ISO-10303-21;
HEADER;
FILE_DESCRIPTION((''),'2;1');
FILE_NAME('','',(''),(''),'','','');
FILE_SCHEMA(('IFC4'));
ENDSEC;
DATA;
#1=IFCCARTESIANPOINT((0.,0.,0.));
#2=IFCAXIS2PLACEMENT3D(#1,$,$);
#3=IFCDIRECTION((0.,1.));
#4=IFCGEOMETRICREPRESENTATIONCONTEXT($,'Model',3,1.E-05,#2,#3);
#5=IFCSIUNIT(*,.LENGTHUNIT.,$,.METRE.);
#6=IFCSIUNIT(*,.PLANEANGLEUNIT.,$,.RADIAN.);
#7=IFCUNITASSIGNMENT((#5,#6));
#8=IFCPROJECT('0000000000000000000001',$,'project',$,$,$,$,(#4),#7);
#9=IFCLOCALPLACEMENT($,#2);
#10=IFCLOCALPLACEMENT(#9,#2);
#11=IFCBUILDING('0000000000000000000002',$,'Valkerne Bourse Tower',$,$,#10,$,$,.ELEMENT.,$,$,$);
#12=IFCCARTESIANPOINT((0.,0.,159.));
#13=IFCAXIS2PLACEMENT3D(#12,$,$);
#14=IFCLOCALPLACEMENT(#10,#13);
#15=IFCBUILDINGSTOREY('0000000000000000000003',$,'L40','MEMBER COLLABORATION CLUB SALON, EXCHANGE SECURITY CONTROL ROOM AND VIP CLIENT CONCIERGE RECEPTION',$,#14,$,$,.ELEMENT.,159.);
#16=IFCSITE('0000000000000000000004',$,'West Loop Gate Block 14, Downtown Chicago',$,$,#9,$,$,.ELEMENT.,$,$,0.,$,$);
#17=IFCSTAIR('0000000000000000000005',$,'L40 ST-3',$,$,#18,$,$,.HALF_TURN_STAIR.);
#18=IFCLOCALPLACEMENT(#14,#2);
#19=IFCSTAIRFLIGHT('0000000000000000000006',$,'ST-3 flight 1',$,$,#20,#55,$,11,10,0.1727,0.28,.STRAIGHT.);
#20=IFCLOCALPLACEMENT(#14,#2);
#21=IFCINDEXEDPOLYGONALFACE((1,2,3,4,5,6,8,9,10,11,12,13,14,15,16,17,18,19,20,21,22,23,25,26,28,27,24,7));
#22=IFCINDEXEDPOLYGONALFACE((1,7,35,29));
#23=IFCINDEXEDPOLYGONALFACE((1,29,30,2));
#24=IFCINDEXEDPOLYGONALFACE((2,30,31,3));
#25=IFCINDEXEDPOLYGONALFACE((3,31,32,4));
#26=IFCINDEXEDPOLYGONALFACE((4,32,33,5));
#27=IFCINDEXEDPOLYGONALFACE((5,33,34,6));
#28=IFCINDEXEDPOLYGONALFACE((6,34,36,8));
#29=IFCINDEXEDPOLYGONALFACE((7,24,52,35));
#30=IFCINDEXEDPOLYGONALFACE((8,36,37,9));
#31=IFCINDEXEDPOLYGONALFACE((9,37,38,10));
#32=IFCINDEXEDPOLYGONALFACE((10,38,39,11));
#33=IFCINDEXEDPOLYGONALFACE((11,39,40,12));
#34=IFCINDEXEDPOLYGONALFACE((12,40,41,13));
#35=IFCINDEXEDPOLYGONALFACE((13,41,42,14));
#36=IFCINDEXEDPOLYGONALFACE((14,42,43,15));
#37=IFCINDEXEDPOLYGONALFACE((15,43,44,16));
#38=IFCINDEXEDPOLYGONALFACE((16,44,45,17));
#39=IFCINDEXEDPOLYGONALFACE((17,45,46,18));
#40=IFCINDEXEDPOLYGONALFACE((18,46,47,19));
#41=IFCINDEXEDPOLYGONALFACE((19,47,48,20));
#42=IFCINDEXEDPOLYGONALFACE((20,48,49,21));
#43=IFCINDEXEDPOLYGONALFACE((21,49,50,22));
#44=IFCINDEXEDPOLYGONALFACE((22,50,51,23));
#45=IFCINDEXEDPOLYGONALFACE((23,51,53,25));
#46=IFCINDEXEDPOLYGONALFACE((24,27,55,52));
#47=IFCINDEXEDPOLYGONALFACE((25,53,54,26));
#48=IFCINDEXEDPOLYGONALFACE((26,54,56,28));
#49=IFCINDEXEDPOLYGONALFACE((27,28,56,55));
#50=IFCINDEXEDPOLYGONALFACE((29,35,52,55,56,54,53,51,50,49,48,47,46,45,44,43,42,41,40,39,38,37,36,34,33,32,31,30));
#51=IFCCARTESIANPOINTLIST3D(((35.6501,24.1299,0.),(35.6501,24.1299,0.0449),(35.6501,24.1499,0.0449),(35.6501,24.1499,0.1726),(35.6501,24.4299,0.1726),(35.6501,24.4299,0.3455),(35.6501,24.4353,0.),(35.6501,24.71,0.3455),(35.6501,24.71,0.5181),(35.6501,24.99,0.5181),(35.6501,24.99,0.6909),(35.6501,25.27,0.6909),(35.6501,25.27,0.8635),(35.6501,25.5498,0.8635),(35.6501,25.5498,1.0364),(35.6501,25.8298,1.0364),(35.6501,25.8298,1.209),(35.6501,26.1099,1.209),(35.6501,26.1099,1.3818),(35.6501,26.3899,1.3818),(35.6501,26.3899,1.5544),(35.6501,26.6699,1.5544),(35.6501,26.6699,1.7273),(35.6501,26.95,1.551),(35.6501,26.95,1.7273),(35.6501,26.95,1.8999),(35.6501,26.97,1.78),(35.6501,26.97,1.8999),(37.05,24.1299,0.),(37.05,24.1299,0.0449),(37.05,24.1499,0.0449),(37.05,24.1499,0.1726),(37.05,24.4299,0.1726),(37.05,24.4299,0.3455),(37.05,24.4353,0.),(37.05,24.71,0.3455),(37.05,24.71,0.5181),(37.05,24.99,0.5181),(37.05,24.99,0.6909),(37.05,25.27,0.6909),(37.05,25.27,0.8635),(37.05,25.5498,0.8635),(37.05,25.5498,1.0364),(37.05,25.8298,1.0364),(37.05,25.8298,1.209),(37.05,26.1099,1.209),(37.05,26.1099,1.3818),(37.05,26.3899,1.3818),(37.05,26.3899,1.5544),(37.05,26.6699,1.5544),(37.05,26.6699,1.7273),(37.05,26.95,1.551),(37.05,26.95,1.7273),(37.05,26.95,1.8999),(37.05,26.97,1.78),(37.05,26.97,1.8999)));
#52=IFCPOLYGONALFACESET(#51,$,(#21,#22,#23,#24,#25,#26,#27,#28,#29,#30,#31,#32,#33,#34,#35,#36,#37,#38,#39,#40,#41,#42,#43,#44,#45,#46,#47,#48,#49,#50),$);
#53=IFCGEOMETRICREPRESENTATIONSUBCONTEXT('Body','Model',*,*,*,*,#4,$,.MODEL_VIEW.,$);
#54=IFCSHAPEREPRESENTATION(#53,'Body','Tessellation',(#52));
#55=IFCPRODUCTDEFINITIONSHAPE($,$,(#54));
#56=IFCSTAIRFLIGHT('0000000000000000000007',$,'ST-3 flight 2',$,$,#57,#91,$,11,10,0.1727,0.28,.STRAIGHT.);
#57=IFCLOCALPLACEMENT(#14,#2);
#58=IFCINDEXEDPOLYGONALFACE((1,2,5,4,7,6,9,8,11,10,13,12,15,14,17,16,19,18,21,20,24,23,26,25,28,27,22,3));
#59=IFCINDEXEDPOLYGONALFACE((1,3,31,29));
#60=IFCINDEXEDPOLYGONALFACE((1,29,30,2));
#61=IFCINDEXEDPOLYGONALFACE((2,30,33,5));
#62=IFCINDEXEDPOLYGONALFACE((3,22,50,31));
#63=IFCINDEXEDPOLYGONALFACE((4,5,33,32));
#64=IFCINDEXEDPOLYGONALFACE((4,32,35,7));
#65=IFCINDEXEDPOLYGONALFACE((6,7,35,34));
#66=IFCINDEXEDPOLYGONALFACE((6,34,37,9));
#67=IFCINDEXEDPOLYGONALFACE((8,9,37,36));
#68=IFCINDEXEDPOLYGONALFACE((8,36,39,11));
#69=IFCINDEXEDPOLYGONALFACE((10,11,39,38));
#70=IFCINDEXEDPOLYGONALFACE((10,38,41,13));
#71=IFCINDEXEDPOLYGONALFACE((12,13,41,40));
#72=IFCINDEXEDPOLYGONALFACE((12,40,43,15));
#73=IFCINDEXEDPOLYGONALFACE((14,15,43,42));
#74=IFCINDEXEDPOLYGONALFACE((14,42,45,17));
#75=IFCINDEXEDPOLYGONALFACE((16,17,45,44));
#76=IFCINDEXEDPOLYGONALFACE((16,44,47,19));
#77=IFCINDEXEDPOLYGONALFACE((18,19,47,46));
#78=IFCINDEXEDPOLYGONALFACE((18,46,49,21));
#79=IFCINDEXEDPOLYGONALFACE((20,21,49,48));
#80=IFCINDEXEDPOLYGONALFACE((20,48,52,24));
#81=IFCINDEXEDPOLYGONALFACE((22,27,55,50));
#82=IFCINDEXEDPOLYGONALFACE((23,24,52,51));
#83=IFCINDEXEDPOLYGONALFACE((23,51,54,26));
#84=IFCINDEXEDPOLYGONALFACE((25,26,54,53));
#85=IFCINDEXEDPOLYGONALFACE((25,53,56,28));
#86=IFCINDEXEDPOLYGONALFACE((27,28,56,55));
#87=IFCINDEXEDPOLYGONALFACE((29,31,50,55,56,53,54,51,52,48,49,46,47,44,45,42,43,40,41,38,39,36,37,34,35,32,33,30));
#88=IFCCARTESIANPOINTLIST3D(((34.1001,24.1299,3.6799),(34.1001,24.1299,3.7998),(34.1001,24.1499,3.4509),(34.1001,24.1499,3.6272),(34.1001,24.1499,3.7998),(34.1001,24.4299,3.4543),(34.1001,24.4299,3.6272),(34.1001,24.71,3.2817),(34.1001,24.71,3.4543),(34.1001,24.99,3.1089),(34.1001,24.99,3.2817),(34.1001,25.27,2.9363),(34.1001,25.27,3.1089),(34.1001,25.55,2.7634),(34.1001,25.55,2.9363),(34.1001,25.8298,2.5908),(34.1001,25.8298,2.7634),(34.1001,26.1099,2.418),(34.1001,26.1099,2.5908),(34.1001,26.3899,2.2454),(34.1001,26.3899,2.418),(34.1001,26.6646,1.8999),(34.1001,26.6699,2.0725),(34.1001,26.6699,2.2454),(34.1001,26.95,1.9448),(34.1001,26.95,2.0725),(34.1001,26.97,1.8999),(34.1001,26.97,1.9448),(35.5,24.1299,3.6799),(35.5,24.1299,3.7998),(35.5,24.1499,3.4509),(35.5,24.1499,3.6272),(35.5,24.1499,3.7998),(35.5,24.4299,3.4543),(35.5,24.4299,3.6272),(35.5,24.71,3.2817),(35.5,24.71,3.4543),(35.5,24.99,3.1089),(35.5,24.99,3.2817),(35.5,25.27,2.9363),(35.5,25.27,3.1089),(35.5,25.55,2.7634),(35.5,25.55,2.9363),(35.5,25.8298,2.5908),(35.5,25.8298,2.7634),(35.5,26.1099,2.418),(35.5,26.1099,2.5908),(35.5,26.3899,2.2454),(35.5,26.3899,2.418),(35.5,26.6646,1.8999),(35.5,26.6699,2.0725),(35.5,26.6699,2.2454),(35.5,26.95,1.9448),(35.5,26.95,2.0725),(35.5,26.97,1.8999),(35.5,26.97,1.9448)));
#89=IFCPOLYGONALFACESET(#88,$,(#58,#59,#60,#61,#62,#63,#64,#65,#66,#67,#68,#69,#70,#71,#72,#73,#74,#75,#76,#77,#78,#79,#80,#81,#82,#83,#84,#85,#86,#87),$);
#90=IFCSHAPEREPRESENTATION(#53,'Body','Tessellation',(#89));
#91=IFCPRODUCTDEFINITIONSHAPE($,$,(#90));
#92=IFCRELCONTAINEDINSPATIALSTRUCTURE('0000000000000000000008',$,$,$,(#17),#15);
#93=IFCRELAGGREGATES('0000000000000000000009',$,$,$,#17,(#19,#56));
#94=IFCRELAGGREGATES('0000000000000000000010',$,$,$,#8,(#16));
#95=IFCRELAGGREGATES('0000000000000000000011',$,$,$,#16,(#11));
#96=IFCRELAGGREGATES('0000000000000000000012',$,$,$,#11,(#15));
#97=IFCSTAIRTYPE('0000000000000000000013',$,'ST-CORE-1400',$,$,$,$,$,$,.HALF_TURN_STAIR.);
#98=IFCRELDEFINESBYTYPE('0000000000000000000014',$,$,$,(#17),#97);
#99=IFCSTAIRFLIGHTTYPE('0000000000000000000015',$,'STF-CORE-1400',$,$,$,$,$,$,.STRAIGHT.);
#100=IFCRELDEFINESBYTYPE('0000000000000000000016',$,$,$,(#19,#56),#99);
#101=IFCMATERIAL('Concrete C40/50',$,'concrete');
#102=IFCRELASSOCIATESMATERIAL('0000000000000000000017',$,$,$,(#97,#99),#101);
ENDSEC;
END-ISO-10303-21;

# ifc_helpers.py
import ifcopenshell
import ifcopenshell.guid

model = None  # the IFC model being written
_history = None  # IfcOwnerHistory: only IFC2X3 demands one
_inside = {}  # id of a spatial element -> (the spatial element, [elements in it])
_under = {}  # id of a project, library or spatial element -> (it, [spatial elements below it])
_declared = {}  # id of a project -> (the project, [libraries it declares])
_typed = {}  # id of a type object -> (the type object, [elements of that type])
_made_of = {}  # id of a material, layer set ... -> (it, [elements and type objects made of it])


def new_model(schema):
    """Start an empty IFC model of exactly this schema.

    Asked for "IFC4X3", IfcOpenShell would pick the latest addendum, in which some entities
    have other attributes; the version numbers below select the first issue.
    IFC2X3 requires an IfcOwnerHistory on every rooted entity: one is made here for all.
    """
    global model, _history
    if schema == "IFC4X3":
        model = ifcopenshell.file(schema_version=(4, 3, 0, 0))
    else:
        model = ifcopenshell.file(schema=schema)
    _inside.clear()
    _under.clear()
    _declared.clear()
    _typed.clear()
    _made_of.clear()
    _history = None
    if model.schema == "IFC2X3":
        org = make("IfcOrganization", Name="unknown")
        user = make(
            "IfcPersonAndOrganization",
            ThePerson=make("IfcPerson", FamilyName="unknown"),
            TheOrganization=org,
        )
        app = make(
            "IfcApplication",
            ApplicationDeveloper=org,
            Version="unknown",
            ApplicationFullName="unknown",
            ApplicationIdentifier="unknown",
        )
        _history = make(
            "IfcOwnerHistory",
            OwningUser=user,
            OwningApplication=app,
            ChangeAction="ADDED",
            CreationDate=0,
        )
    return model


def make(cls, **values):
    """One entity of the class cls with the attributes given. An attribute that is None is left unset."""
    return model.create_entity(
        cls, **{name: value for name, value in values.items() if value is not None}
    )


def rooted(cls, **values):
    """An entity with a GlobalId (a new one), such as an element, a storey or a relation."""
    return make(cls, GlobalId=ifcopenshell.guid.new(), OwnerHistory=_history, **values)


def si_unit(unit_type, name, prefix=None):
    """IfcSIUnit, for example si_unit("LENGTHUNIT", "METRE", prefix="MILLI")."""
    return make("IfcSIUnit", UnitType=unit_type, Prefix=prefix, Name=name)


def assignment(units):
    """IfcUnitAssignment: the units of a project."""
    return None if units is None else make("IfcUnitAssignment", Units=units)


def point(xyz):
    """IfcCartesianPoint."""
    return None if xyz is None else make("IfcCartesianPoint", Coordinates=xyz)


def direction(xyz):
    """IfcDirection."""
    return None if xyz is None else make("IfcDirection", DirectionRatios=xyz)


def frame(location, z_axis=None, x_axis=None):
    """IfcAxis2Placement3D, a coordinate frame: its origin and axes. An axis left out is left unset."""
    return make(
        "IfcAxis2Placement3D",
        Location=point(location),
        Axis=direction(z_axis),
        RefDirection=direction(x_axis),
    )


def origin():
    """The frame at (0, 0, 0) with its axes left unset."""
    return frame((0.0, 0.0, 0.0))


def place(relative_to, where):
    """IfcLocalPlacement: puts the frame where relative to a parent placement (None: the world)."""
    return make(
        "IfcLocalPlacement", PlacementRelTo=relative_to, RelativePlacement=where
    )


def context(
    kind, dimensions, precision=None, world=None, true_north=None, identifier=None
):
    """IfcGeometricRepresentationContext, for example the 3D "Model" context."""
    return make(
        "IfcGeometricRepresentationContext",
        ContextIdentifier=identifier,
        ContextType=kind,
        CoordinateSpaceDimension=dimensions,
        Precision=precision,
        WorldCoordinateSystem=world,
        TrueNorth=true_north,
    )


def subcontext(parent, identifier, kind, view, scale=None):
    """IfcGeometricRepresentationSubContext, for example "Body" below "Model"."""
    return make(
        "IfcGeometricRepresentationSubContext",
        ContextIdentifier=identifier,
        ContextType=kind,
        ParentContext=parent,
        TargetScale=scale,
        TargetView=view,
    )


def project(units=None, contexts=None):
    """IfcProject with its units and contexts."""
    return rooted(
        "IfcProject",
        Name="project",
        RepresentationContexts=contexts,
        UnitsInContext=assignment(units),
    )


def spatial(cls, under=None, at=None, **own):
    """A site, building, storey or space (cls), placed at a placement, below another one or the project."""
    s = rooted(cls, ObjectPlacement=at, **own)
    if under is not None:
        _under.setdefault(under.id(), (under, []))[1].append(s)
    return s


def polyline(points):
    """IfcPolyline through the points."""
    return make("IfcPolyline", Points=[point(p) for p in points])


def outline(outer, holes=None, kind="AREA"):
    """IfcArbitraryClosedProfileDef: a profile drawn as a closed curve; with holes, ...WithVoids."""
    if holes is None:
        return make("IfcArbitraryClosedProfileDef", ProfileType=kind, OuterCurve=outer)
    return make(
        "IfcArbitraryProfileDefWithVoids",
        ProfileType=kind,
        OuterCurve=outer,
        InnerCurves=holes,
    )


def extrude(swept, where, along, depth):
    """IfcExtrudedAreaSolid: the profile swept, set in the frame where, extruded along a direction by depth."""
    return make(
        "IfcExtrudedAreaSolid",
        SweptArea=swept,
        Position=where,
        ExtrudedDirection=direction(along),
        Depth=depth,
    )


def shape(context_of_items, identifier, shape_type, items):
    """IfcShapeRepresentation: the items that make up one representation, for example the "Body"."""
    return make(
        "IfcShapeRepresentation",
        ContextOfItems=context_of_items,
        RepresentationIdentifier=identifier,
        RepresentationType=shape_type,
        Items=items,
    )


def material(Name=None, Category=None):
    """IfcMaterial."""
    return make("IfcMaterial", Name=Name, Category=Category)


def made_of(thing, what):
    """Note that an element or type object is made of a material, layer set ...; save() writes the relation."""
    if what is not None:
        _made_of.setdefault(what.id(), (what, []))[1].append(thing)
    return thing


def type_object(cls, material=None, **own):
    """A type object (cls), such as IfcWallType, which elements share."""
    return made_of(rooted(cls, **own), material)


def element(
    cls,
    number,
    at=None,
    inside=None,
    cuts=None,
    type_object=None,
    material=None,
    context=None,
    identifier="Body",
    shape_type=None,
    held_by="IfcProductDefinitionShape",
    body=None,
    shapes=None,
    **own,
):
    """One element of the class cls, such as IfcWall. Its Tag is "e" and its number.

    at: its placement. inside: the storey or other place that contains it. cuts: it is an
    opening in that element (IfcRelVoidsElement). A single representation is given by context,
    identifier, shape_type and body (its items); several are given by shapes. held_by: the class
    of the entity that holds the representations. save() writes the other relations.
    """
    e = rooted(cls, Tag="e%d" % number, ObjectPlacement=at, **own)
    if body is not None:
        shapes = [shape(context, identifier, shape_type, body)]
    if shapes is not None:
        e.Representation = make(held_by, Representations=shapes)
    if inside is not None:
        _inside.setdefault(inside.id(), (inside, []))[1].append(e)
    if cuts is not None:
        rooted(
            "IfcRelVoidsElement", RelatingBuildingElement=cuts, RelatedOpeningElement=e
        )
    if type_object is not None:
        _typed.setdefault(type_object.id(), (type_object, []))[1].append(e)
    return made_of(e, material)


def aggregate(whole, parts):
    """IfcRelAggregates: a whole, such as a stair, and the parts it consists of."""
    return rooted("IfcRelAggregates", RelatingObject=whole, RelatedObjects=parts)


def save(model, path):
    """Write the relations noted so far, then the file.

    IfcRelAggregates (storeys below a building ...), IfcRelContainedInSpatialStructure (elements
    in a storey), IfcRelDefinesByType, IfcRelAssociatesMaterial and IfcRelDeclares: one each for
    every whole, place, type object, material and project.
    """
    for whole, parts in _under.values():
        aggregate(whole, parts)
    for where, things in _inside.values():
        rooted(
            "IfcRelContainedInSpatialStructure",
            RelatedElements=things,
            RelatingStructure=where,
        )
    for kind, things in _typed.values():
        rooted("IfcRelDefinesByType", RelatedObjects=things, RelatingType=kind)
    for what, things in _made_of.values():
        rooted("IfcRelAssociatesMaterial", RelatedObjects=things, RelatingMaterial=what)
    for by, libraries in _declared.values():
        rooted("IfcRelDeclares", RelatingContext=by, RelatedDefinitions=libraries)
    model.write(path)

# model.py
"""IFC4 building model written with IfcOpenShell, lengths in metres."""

from ifc_helpers import new_model, si_unit, direction, frame, origin, place, context, subcontext, project, spatial, polyline, outline, extrude, material, type_object, element, aggregate, save


model = new_model("IFC4")

# Units and contexts
model_context = context("Model", 3, precision=1e-05, world=origin(), true_north=direction((0.0, 1.0)))
body_context = subcontext(model_context, "Body", "Model", "MODEL_VIEW")
ifc_project = project(units=[si_unit("LENGTHUNIT", "METRE"), si_unit("PLANEANGLEUNIT", "RADIAN")], contexts=[model_context])

# Site, building, storey
site_placement = place(None, origin())
site = spatial("IfcSite", under=ifc_project, at=site_placement, Name="West Loop Gate Block 14, Downtown Chicago", CompositionType="ELEMENT", RefElevation=0.0)
building_placement = place(site_placement, origin())
building = spatial("IfcBuilding", under=site, at=building_placement, Name="Valkerne Bourse Tower", CompositionType="ELEMENT")
storey_placement = place(building_placement, frame((0.0, 0.0, 159.0)))
storey = spatial("IfcBuildingStorey", under=building, at=storey_placement, Name="L40", Description="MEMBER COLLABORATION CLUB SALON, EXCHANGE SECURITY CONTROL ROOM AND VIP CLIENT CONCIERGE RECEPTION", CompositionType="ELEMENT", Elevation=159.0)

# Shared definitions
ifc_material_1 = material(Name="Concrete C40/50", Category="concrete")

# Stair, stair flights
stair_type = type_object("IfcStairType", Name="ST-CORE-1400", PredefinedType="HALF_TURN_STAIR", material=ifc_material_1)
stair_placement = place(storey_placement, origin())
stair = element("IfcStair", 1, at=stair_placement, inside=storey, type_object=stair_type, Name="L40 ST-3", PredefinedType="HALF_TURN_STAIR")
stair_flight_type = type_object("IfcStairFlightType", Name="STF-CORE-1400", PredefinedType="STRAIGHT", material=ifc_material_1)
stair_flight_1_placement = place(storey_placement, frame((36.3501, 24.1499, 0.0), z_axis=(0.0, 0.0, 1.0), x_axis=(0.0, 1.0, 0.0)))
stair_flight_1 = element("IfcStairFlight", 2, at=stair_flight_1_placement, type_object=stair_flight_type, Name="ST-3 flight 1", NumberOfRisers=11, NumberOfTreads=10, PredefinedType="STRAIGHT", RiserHeight=0.1727, TreadLength=0.28, context=body_context, shape_type="SweptSolid", body=[
    extrude(outline(polyline([(-0.02, 0.0), (-0.02, 0.0449), (0.0, 0.0449), (0.0, 0.1726), (0.28, 0.1726), (0.28, 0.3455), (0.5601, 0.3455), (0.5601, 0.5181), (0.8401, 0.5181), (0.8401, 0.6909), (1.1201, 0.6909), (1.1201, 0.8635), (1.3999, 0.8635), (1.3999, 1.0364), (1.6799, 1.0364), (1.6799, 1.209), (1.96, 1.209), (1.96, 1.3818), (2.24, 1.3818), (2.24, 1.5544), (2.52, 1.5544), (2.52, 1.7273), (2.8, 1.7273), (2.8, 1.8999), (2.8201, 1.8999), (2.8201, 1.78), (2.8, 1.551), (0.2854, 0.0), (-0.02, 0.0)])), frame((0.0, 0.7, 0.0), z_axis=(0.0, -1.0, 0.0), x_axis=(1.0, 0.0, 0.0)), (0.0, 0.0, 1.0), 1.3999),
])
stair_flight_2_placement = place(storey_placement, frame((34.8, 26.95, 1.8999), z_axis=(0.0, 0.0, 1.0), x_axis=(0.0, -1.0, 0.0)))
stair_flight_2 = element("IfcStairFlight", 3, at=stair_flight_2_placement, type_object=stair_flight_type, Name="ST-3 flight 2", NumberOfRisers=11, NumberOfTreads=10, PredefinedType="STRAIGHT", RiserHeight=0.1727, TreadLength=0.28, context=body_context, shape_type="SweptSolid", body=[
    extrude(outline(polyline([(-0.02, 0.0), (-0.02, 0.0449), (0.0, 0.0449), (0.0, 0.1726), (0.28, 0.1726), (0.28, 0.3455), (0.5601, 0.3455), (0.5601, 0.5181), (0.8401, 0.5181), (0.8401, 0.6909), (1.1201, 0.6909), (1.1201, 0.8635), (1.3999, 0.8635), (1.3999, 1.0364), (1.6799, 1.0364), (1.6799, 1.209), (1.96, 1.209), (1.96, 1.3818), (2.24, 1.3818), (2.24, 1.5544), (2.52, 1.5544), (2.52, 1.7273), (2.8, 1.7273), (2.8, 1.8999), (2.8201, 1.8999), (2.8201, 1.78), (2.8, 1.551), (0.2854, 0.0), (-0.02, 0.0)])), frame((0.0, 0.7, 0.0), z_axis=(0.0, -1.0, 0.0), x_axis=(1.0, 0.0, 0.0)), (0.0, 0.0, 1.0), 1.3999),
])
aggregate(stair, [stair_flight_1, stair_flight_2])

save(model, "model.ifc")
